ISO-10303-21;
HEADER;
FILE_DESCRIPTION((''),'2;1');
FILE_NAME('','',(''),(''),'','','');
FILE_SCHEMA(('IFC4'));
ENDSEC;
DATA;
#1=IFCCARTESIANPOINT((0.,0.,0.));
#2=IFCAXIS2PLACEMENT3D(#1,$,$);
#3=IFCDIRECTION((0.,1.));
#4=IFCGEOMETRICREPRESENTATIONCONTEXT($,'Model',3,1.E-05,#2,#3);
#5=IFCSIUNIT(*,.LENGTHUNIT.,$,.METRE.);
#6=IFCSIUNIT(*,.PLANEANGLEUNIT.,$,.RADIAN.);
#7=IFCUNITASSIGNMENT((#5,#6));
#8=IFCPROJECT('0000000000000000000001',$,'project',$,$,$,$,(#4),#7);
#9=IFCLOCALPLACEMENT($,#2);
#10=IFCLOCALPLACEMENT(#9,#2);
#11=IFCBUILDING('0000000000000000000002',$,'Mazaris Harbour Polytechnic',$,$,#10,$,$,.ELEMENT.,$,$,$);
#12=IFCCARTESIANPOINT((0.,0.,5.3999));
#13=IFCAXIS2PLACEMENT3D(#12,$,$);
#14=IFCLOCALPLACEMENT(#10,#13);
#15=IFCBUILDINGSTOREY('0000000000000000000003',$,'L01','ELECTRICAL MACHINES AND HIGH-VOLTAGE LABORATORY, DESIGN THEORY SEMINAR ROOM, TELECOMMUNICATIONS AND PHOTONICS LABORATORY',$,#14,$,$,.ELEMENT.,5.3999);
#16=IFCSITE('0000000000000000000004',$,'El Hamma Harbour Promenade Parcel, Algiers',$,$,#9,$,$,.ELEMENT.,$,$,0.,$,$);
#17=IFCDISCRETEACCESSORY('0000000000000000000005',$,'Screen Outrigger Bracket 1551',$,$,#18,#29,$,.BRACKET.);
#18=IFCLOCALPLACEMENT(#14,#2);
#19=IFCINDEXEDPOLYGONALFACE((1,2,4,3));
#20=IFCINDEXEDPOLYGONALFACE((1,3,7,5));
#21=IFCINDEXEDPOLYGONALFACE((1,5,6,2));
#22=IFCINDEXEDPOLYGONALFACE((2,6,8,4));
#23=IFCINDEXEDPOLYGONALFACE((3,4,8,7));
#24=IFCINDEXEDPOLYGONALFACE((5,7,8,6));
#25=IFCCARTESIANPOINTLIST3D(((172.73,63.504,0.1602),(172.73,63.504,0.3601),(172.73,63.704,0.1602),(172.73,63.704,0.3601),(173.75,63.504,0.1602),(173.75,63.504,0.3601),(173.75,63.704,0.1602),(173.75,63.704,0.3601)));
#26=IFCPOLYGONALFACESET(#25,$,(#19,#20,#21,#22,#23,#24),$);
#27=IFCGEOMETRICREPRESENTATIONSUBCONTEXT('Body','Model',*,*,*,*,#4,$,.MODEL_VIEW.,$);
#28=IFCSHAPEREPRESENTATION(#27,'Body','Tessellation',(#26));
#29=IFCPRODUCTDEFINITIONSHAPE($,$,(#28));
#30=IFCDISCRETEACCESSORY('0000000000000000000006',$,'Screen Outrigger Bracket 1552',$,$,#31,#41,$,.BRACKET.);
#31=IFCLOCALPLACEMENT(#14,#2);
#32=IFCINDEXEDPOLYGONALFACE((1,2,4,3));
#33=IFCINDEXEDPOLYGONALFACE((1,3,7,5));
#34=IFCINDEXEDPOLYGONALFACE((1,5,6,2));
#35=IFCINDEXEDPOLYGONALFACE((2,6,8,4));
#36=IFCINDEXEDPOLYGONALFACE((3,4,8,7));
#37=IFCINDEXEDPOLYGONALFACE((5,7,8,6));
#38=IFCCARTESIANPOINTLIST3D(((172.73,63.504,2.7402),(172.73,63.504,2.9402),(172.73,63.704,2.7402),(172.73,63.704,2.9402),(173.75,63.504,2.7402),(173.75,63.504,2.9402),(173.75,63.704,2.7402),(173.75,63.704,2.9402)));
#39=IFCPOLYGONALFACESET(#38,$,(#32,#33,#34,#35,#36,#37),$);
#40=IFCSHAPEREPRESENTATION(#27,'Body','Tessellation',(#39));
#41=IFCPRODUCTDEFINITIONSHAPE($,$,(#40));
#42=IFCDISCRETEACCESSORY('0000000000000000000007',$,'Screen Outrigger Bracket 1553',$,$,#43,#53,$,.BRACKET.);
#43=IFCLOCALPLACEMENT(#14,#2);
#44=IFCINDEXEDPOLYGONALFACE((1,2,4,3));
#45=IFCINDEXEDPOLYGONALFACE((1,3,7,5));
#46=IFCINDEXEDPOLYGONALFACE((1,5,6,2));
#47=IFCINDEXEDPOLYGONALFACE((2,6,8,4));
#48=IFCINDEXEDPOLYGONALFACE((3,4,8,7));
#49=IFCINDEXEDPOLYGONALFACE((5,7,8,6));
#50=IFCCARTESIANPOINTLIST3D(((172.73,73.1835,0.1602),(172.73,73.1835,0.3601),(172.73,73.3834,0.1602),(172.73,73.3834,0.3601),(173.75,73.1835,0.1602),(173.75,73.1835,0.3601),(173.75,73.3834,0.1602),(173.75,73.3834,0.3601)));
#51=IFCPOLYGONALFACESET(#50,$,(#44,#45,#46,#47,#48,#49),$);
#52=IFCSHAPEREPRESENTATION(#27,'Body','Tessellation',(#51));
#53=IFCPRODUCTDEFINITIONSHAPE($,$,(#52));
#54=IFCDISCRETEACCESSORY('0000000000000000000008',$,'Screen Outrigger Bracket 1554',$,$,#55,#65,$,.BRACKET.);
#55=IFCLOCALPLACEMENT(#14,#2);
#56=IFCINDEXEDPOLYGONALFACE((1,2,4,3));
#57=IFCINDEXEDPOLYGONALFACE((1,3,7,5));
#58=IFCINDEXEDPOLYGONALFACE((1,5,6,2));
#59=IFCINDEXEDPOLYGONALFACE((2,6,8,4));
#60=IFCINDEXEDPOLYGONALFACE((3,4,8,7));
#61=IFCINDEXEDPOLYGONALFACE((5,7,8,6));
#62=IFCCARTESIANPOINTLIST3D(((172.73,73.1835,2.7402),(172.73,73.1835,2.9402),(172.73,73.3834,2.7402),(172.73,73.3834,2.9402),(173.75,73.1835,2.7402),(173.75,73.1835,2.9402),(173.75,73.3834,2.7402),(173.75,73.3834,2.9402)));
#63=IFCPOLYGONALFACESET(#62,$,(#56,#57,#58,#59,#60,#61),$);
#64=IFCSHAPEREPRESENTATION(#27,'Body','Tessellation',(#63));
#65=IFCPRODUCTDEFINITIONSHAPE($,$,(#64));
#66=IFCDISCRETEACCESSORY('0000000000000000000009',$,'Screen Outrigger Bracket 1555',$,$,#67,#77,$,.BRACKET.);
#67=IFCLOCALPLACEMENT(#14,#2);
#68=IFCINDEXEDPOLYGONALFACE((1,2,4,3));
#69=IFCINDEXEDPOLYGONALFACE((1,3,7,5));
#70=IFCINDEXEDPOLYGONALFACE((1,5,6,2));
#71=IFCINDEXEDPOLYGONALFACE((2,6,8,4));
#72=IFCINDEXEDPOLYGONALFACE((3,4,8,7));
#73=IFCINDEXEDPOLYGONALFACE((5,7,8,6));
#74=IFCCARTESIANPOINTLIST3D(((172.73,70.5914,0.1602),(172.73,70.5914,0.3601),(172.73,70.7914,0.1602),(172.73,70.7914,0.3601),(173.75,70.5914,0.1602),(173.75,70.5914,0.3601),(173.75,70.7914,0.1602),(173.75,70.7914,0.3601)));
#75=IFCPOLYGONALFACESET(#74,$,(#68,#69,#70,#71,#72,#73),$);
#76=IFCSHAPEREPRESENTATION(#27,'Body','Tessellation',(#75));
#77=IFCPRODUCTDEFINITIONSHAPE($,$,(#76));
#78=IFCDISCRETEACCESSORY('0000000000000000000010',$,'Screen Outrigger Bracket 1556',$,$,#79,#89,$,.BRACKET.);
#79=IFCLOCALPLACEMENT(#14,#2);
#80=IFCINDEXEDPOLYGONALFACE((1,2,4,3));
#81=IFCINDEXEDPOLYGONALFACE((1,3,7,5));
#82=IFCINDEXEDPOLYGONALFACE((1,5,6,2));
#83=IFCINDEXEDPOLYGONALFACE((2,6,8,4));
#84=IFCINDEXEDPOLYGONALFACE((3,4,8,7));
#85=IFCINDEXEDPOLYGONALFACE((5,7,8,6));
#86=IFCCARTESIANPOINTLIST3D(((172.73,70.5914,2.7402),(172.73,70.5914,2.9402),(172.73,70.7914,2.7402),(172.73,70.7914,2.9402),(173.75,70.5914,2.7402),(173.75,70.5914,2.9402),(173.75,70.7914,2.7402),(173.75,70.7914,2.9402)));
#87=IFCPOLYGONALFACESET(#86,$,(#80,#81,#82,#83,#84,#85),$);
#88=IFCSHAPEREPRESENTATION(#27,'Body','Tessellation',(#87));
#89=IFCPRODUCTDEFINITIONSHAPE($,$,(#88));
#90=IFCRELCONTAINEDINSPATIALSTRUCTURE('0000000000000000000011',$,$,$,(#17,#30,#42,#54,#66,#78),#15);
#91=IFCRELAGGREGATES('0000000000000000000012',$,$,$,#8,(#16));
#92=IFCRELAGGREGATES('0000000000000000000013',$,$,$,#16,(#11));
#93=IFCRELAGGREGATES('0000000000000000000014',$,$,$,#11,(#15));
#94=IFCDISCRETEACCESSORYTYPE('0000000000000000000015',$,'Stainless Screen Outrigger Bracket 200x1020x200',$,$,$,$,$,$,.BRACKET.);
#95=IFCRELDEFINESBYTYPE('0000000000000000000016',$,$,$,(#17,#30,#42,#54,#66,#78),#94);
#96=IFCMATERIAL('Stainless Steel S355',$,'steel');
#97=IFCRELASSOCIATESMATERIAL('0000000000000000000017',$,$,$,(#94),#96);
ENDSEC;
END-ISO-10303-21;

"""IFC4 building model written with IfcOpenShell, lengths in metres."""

from ifc_helpers import new_model, si_unit, direction, frame, origin, origin_2d, place, context, subcontext, project, spatial, rectangle, extrude, material, type_object, element, save


model = new_model("IFC4")

# Units and contexts
model_context = context("Model", 3, precision=1e-05, world=origin(), true_north=direction((0.0, 1.0)))
body_context = subcontext(model_context, "Body", "Model", "MODEL_VIEW")
ifc_project = project(units=[si_unit("LENGTHUNIT", "METRE"), si_unit("PLANEANGLEUNIT", "RADIAN")], contexts=[model_context])

# Site, building, storey
site_placement = place(None, origin())
site = spatial("IfcSite", under=ifc_project, at=site_placement, Name="El Hamma Harbour Promenade Parcel, Algiers", CompositionType="ELEMENT", RefElevation=0.0)
building_placement = place(site_placement, origin())
building = spatial("IfcBuilding", under=site, at=building_placement, Name="Mazaris Harbour Polytechnic", CompositionType="ELEMENT")
storey_placement = place(building_placement, frame((0.0, 0.0, 5.3999)))
storey = spatial("IfcBuildingStorey", under=building, at=storey_placement, Name="L01", Description="ELECTRICAL MACHINES AND HIGH-VOLTAGE LABORATORY, DESIGN THEORY SEMINAR ROOM, TELECOMMUNICATIONS AND PHOTONICS LABORATORY", CompositionType="ELEMENT", Elevation=5.3999)

# Discrete accessories
ifc_material_1 = material(Name="Stainless Steel S355", Category="steel")
discrete_accessory_type = type_object("IfcDiscreteAccessoryType", Name="Stainless Screen Outrigger Bracket 200x1020x200", PredefinedType="BRACKET", material=ifc_material_1)
for number, where, z_axis, x_axis, name in (
    (1, (173.24, 63.604, 0.1602), (0.0, 0.0, 1.0), (0.0, -1.0, 0.0), "Screen Outrigger Bracket 1551"),
    (2, (173.24, 63.604, 2.7402), (0.0, 0.0, 1.0), (0.0, -1.0, 0.0), "Screen Outrigger Bracket 1552"),
    (3, (173.24, 73.2834, 0.1602), (0.0, 0.0, 1.0), (0.0, -1.0, 0.0), "Screen Outrigger Bracket 1553"),
    (4, (173.24, 73.2834, 2.7402), (0.0, 0.0, 1.0), (0.0, -1.0, 0.0), "Screen Outrigger Bracket 1554"),
    (5, (173.24, 70.6914, 0.1602), (0.0, 0.0, 1.0), (0.0, -1.0, 0.0), "Screen Outrigger Bracket 1555"),
    (6, (173.24, 70.6914, 2.7402), (0.0, 0.0, 1.0), (0.0, -1.0, 0.0), "Screen Outrigger Bracket 1556"),
):
    element("IfcDiscreteAccessory", number, at=place(storey_placement, frame(where, z_axis=z_axis, x_axis=x_axis)), inside=storey, type_object=discrete_accessory_type, Name=name, PredefinedType="BRACKET", context=body_context, shape_type="SweptSolid", body=[
        extrude(rectangle(XDim=0.2, YDim=1.02, at=origin_2d()), origin(), (0.0, 0.0, 1.0), 0.2),
    ])

save(model, "model.ifc")
